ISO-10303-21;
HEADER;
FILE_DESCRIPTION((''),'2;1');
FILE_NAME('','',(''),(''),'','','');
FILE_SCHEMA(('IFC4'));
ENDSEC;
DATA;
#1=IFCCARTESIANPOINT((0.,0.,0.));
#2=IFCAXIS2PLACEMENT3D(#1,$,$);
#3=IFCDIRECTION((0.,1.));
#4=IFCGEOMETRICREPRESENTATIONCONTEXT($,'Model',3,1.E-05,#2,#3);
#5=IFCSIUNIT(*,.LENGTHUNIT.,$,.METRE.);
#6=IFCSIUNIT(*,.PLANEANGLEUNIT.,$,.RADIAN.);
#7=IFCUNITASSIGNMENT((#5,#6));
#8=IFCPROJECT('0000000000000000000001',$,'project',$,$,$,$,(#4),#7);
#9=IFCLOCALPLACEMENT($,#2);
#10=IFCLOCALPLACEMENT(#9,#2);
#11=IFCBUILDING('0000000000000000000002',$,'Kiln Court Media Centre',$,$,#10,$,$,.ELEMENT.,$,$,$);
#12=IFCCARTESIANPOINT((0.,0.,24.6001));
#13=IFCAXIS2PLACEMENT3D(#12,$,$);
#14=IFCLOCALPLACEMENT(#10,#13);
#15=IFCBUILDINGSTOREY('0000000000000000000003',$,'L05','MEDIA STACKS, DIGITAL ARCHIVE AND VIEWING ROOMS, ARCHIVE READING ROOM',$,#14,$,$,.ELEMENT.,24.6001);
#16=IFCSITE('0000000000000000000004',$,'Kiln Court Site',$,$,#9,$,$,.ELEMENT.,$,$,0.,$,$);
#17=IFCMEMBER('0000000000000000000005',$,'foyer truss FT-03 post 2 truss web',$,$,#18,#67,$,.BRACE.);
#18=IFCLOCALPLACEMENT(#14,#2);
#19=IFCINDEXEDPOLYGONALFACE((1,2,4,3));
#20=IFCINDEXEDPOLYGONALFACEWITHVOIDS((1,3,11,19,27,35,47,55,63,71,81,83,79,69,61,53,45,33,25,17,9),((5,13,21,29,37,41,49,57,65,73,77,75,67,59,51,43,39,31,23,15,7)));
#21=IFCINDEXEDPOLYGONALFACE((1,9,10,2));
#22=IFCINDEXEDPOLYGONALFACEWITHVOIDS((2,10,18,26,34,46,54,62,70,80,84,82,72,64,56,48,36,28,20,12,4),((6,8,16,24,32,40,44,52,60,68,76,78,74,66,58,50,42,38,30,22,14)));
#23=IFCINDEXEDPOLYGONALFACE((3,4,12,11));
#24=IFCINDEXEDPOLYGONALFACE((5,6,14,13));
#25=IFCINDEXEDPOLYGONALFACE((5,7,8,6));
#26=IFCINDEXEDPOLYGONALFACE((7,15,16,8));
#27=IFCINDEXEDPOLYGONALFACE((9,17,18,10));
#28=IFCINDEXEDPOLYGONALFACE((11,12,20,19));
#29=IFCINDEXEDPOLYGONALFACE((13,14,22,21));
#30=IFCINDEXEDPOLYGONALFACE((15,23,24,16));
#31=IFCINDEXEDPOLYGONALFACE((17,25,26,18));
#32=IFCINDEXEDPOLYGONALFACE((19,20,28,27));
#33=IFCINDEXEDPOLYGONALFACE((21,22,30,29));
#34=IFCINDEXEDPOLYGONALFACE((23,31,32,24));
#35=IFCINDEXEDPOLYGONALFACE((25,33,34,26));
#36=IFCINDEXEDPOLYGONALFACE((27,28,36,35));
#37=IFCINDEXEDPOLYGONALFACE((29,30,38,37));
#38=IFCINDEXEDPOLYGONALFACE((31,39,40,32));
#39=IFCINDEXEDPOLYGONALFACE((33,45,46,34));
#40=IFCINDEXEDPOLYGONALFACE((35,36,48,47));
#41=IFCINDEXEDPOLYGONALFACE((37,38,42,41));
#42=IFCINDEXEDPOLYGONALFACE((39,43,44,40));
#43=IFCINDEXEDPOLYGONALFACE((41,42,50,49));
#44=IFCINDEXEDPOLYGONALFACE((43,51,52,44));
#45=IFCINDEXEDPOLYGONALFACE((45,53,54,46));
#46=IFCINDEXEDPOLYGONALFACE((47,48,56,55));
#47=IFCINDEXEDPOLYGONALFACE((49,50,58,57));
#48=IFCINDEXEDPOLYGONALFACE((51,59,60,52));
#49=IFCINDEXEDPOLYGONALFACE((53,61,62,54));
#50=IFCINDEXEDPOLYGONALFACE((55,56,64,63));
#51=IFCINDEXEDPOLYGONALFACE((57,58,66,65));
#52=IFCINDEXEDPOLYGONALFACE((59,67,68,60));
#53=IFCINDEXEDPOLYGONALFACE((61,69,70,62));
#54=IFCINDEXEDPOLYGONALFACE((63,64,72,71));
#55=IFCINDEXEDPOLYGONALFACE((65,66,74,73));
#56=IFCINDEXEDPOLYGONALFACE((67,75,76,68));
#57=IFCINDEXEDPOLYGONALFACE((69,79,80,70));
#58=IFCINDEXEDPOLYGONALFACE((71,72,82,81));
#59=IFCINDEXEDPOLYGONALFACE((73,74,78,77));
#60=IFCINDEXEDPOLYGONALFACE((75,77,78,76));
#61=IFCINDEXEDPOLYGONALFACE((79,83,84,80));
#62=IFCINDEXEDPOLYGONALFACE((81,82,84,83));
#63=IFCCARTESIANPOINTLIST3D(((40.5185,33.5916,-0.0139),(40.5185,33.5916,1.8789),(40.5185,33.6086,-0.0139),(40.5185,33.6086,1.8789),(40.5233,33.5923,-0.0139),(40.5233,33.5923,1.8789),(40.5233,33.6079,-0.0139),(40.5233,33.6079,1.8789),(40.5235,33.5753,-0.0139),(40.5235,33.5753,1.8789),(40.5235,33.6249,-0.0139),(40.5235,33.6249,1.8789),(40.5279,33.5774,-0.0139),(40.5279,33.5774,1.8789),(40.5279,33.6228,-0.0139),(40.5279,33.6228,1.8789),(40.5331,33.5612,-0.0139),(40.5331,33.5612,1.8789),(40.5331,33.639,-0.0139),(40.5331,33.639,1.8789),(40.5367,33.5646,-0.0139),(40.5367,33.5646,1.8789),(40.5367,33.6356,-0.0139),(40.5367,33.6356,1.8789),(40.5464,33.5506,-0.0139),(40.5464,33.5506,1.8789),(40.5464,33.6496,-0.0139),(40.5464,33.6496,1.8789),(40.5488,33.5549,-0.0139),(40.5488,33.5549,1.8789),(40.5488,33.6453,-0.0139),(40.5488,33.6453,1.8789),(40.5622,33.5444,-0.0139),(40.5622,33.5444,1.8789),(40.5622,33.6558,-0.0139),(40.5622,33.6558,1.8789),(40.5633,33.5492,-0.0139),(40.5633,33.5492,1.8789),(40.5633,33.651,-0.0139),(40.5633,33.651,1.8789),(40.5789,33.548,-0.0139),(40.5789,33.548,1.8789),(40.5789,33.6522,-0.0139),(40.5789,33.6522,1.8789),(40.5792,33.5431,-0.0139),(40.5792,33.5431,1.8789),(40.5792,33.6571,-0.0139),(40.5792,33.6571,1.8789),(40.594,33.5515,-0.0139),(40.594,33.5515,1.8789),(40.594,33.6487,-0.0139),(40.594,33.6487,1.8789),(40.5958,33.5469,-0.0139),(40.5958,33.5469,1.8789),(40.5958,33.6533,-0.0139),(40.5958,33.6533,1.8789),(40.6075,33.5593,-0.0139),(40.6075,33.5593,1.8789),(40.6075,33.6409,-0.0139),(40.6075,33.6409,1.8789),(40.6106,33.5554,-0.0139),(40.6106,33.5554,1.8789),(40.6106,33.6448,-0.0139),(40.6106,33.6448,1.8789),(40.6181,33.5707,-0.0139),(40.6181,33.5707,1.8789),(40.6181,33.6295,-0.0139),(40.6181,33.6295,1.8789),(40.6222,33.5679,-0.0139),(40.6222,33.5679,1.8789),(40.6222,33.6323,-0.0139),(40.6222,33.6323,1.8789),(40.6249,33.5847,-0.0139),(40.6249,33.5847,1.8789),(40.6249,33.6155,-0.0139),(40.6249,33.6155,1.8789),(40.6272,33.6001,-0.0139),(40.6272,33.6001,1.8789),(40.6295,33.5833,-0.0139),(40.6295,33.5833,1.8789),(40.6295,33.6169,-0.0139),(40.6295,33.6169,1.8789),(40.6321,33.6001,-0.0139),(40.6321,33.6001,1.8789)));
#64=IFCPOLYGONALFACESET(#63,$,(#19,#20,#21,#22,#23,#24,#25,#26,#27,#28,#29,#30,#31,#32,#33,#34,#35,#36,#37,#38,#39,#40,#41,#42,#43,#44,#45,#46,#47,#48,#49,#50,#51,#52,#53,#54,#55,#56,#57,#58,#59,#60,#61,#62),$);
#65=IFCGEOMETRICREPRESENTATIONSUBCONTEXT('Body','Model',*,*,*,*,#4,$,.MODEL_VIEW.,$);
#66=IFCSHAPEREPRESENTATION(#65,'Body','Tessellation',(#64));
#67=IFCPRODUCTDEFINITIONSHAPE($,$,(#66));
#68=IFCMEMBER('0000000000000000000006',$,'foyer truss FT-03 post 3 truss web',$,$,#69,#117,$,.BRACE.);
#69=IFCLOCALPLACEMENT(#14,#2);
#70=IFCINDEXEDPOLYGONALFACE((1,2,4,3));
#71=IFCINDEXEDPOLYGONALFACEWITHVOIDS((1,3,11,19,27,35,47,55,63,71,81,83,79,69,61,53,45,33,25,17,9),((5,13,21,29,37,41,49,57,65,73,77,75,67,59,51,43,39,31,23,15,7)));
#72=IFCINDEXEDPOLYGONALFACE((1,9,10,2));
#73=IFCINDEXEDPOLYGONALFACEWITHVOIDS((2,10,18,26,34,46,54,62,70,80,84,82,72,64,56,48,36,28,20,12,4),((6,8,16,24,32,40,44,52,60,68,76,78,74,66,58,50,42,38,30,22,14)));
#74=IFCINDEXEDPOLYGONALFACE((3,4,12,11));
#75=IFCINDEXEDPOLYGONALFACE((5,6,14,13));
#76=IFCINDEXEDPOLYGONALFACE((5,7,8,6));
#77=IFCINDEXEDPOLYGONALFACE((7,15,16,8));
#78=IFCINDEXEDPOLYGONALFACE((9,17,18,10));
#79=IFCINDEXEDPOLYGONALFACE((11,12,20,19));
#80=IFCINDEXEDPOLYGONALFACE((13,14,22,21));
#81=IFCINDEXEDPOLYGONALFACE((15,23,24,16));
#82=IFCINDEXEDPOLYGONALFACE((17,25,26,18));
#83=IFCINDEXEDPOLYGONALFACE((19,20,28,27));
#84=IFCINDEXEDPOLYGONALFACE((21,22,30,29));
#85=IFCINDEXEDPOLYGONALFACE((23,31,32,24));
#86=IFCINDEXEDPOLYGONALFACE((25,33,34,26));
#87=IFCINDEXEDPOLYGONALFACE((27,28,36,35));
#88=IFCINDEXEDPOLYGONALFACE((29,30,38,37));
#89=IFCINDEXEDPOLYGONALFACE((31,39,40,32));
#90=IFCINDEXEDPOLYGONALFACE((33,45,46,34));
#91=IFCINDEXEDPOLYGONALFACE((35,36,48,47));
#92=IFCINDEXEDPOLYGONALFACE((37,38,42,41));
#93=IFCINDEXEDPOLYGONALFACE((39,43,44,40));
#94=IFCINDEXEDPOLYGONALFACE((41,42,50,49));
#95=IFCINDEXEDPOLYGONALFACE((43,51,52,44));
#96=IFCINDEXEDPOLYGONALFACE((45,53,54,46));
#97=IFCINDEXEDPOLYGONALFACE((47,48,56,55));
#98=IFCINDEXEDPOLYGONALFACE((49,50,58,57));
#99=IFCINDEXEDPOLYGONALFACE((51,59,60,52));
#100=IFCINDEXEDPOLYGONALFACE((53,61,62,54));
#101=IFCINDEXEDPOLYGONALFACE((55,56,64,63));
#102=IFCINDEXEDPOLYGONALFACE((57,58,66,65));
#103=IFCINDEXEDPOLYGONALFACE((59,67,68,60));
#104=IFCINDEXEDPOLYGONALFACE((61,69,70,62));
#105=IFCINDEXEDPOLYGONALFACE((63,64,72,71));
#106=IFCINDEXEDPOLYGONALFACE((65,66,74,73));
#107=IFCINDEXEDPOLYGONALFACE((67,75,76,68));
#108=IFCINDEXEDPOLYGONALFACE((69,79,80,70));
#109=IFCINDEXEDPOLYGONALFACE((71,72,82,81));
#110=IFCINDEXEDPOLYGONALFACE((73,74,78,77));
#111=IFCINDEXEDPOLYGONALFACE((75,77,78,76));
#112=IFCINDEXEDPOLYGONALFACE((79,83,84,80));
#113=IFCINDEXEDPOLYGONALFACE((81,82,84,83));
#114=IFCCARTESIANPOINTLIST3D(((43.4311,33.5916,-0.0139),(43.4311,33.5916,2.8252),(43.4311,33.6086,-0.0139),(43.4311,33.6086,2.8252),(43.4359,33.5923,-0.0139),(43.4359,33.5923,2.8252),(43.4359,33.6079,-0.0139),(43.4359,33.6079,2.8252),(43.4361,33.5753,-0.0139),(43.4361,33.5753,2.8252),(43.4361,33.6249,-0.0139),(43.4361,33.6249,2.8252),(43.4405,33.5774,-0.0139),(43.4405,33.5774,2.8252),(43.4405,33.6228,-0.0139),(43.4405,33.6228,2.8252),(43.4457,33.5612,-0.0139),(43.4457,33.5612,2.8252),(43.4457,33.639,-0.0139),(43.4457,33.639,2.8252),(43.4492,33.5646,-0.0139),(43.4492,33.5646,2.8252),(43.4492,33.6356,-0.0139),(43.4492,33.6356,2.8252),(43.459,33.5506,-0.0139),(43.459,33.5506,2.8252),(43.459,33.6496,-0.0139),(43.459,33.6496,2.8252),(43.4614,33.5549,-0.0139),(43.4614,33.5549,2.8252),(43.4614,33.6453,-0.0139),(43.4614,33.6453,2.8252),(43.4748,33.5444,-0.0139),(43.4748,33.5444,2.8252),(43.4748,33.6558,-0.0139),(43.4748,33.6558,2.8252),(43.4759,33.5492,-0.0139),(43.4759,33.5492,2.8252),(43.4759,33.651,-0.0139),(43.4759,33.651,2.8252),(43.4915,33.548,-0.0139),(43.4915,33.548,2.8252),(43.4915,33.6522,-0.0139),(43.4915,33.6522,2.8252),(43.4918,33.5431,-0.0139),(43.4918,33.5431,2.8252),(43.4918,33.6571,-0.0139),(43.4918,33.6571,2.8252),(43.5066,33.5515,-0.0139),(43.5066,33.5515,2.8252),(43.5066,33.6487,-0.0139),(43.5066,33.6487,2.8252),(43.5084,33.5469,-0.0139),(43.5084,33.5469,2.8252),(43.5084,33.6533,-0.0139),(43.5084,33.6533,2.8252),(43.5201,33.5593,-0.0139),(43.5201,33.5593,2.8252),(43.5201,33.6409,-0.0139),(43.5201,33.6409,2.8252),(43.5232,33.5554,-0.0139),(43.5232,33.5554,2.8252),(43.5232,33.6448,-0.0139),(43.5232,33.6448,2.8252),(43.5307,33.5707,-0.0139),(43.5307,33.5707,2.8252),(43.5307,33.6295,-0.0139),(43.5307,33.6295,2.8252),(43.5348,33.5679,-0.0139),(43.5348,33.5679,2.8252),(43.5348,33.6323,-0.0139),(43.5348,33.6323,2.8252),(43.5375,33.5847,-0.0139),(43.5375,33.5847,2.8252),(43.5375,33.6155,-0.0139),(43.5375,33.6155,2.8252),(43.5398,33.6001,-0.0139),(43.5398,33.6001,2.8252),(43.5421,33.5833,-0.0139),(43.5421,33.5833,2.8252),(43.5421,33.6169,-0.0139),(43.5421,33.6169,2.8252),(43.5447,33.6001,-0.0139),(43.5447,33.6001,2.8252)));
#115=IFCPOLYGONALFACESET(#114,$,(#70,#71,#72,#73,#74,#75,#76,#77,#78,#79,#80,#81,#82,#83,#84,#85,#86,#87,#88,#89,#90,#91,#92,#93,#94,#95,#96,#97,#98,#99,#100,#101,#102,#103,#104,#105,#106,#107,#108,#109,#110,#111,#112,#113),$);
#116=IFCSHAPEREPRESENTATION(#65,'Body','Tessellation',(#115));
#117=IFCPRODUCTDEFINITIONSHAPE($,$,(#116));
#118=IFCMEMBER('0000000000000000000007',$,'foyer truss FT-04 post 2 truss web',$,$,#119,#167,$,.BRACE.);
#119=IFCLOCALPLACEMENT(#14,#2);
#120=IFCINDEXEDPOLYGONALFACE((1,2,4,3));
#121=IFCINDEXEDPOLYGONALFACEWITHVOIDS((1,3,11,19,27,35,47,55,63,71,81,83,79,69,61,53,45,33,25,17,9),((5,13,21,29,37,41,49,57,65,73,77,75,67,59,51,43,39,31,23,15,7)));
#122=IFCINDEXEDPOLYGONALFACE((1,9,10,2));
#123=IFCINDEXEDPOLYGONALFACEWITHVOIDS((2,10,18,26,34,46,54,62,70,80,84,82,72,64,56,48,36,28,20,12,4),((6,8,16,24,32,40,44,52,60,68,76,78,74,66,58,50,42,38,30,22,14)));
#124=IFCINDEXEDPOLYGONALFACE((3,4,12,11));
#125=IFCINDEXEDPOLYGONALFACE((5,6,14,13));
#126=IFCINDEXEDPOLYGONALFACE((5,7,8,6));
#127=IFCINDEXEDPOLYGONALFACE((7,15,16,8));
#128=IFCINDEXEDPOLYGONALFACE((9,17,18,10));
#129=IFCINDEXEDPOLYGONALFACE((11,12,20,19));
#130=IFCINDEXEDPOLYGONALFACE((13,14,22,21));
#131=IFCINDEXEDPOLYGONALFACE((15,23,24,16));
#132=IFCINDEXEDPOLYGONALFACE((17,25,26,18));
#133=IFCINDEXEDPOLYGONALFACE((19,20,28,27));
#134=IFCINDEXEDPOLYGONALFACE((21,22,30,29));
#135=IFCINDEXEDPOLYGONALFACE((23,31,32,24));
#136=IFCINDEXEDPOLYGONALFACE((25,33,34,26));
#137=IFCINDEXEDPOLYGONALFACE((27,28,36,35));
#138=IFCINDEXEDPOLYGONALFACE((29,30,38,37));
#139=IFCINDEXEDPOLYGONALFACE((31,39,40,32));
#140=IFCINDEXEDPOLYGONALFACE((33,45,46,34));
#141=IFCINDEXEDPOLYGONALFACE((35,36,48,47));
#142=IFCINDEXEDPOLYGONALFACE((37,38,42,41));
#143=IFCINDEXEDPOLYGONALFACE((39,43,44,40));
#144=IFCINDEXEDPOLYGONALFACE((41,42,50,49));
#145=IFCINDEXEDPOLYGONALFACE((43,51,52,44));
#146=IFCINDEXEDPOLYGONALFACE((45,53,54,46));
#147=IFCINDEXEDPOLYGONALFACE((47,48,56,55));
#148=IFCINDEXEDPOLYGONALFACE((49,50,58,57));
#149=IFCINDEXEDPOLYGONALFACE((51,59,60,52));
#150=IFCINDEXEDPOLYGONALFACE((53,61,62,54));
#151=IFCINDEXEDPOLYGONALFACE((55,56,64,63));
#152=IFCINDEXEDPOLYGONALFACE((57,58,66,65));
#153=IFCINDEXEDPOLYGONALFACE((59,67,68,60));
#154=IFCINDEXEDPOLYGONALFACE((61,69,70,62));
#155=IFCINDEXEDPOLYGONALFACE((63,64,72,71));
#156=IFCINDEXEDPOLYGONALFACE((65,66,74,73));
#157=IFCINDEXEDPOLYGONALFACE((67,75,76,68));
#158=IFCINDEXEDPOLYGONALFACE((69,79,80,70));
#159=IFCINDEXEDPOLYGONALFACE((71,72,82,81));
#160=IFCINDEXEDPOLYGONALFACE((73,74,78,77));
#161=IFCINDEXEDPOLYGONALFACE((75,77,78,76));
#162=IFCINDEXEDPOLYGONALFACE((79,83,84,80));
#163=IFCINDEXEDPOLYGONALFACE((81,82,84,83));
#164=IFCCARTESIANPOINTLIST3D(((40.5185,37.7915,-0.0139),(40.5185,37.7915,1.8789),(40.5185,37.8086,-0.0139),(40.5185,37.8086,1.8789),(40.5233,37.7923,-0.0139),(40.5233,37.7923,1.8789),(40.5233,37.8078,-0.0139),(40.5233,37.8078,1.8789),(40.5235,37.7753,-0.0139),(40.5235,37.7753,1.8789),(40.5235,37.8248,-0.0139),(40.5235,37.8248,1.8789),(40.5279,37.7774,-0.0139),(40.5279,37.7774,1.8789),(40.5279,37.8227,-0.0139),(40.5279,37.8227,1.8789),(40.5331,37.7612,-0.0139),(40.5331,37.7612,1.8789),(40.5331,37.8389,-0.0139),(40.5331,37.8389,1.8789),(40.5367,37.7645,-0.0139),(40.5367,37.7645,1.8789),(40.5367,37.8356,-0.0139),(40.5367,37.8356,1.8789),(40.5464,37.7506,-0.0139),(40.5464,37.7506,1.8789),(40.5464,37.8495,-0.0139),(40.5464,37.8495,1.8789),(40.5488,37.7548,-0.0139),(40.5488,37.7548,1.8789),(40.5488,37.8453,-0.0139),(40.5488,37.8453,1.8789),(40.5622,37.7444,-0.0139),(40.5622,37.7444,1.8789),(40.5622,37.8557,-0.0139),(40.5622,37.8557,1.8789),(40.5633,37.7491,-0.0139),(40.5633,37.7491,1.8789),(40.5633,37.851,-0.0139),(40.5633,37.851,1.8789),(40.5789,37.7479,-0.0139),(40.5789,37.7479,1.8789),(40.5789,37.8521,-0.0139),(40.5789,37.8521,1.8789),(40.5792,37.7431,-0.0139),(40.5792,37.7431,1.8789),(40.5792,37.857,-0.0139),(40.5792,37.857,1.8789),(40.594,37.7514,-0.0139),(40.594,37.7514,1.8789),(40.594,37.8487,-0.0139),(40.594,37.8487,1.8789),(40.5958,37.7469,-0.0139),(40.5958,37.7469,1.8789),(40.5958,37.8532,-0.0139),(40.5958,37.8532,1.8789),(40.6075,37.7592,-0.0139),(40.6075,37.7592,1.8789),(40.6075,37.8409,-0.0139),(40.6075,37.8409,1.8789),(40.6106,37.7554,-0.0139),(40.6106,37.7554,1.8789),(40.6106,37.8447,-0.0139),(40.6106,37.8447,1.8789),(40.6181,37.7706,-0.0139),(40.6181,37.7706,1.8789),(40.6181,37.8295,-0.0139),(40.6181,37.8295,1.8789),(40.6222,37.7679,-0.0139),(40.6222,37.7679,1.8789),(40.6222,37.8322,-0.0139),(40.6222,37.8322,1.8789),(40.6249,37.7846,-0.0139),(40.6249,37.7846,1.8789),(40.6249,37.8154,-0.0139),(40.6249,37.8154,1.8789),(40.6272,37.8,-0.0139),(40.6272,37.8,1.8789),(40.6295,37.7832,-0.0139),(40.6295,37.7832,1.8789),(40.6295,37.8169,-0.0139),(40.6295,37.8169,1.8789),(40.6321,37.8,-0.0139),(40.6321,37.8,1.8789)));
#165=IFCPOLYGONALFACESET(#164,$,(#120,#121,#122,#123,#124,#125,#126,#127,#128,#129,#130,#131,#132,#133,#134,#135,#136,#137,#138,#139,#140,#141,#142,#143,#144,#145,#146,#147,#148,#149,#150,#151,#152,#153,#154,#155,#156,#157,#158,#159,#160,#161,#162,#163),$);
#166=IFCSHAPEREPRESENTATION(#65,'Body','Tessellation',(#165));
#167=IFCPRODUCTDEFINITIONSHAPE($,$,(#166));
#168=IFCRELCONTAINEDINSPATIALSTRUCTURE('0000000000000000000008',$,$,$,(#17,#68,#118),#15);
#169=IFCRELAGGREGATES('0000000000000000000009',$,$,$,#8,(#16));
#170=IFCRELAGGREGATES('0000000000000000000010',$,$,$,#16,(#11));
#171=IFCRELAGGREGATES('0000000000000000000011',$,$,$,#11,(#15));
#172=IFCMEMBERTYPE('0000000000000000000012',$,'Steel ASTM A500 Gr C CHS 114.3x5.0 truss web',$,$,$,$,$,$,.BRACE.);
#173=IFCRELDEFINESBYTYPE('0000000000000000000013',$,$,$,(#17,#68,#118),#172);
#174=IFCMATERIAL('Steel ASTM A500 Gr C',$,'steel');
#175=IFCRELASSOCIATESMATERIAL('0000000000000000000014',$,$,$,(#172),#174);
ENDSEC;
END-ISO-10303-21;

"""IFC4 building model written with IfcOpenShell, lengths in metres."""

from ifc_helpers import new_model, si_unit, direction, frame, origin, origin_2d, place, context, subcontext, project, spatial, hollow_circle, extrude, material, material_profile, profile_set, type_object, element, save


model = new_model("IFC4")

# Units and contexts
model_context = context("Model", 3, precision=1e-05, world=origin(), true_north=direction((0.0, 1.0)))
body_context = subcontext(model_context, "Body", "Model", "MODEL_VIEW")
ifc_project = project(units=[si_unit("LENGTHUNIT", "METRE"), si_unit("PLANEANGLEUNIT", "RADIAN")], contexts=[model_context])

# Site, building, storey
site_placement = place(None, origin())
site = spatial("IfcSite", under=ifc_project, at=site_placement, Name="Kiln Court Site", CompositionType="ELEMENT", RefElevation=0.0)
building_placement = place(site_placement, origin())
building = spatial("IfcBuilding", under=site, at=building_placement, Name="Kiln Court Media Centre", CompositionType="ELEMENT")
storey_placement = place(building_placement, frame((0.0, 0.0, 24.6001)))
storey = spatial("IfcBuildingStorey", under=building, at=storey_placement, Name="L05", Description="MEDIA STACKS, DIGITAL ARCHIVE AND VIEWING ROOMS, ARCHIVE READING ROOM", CompositionType="ELEMENT", Elevation=24.6001)

# Members
ifc_material_1 = material(Name="Steel ASTM A500 Gr C", Category="steel")
ifc_material_profile_1 = material_profile(ifc_material_1, hollow_circle(Radius=0.0571, WallThickness=0.0049, at=origin_2d()), Name="CHS 114.3x5.0")
ifc_profile_set_1 = profile_set([ifc_material_profile_1], Name="Steel ASTM A500 Gr C")
member_type_1 = type_object("IfcMemberType", Name="Steel ASTM A500 Gr C CHS 114.3x5.0 truss web", PredefinedType="BRACE", material=ifc_profile_set_1)
member_1_placement = place(storey_placement, frame((40.575, 33.6001, -0.0139), z_axis=(0.0, 0.0, 1.0), x_axis=(1.0, 0.0, 0.0)))
element("IfcMember", 1, at=member_1_placement, inside=storey, type_object=member_type_1, Name="foyer truss FT-03 post 2 truss web", PredefinedType="BRACE", context=body_context, shape_type="SweptSolid", body=[
    extrude(hollow_circle(Radius=0.0571, WallThickness=0.0049, at=origin_2d()), origin(), (0.0, 0.0, 1.0), 1.8928),
])
member_2_placement = place(storey_placement, frame((43.4875, 33.6001, -0.0139), z_axis=(0.0, 0.0, 1.0), x_axis=(1.0, 0.0, 0.0)))
element("IfcMember", 2, at=member_2_placement, inside=storey, type_object=member_type_1, Name="foyer truss FT-03 post 3 truss web", PredefinedType="BRACE", context=body_context, shape_type="SweptSolid", body=[
    extrude(hollow_circle(Radius=0.0571, WallThickness=0.0049, at=origin_2d()), origin(), (0.0, 0.0, 1.0), 2.8391),
])
member_3_placement = place(storey_placement, frame((40.575, 37.8, -0.0139), z_axis=(0.0, 0.0, 1.0), x_axis=(1.0, 0.0, 0.0)))
element("IfcMember", 3, at=member_3_placement, inside=storey, type_object=member_type_1, Name="foyer truss FT-04 post 2 truss web", PredefinedType="BRACE", context=body_context, shape_type="SweptSolid", body=[
    extrude(hollow_circle(Radius=0.0571, WallThickness=0.0049, at=origin_2d()), origin(), (0.0, 0.0, 1.0), 1.8928),
])

save(model, "model.ifc")
